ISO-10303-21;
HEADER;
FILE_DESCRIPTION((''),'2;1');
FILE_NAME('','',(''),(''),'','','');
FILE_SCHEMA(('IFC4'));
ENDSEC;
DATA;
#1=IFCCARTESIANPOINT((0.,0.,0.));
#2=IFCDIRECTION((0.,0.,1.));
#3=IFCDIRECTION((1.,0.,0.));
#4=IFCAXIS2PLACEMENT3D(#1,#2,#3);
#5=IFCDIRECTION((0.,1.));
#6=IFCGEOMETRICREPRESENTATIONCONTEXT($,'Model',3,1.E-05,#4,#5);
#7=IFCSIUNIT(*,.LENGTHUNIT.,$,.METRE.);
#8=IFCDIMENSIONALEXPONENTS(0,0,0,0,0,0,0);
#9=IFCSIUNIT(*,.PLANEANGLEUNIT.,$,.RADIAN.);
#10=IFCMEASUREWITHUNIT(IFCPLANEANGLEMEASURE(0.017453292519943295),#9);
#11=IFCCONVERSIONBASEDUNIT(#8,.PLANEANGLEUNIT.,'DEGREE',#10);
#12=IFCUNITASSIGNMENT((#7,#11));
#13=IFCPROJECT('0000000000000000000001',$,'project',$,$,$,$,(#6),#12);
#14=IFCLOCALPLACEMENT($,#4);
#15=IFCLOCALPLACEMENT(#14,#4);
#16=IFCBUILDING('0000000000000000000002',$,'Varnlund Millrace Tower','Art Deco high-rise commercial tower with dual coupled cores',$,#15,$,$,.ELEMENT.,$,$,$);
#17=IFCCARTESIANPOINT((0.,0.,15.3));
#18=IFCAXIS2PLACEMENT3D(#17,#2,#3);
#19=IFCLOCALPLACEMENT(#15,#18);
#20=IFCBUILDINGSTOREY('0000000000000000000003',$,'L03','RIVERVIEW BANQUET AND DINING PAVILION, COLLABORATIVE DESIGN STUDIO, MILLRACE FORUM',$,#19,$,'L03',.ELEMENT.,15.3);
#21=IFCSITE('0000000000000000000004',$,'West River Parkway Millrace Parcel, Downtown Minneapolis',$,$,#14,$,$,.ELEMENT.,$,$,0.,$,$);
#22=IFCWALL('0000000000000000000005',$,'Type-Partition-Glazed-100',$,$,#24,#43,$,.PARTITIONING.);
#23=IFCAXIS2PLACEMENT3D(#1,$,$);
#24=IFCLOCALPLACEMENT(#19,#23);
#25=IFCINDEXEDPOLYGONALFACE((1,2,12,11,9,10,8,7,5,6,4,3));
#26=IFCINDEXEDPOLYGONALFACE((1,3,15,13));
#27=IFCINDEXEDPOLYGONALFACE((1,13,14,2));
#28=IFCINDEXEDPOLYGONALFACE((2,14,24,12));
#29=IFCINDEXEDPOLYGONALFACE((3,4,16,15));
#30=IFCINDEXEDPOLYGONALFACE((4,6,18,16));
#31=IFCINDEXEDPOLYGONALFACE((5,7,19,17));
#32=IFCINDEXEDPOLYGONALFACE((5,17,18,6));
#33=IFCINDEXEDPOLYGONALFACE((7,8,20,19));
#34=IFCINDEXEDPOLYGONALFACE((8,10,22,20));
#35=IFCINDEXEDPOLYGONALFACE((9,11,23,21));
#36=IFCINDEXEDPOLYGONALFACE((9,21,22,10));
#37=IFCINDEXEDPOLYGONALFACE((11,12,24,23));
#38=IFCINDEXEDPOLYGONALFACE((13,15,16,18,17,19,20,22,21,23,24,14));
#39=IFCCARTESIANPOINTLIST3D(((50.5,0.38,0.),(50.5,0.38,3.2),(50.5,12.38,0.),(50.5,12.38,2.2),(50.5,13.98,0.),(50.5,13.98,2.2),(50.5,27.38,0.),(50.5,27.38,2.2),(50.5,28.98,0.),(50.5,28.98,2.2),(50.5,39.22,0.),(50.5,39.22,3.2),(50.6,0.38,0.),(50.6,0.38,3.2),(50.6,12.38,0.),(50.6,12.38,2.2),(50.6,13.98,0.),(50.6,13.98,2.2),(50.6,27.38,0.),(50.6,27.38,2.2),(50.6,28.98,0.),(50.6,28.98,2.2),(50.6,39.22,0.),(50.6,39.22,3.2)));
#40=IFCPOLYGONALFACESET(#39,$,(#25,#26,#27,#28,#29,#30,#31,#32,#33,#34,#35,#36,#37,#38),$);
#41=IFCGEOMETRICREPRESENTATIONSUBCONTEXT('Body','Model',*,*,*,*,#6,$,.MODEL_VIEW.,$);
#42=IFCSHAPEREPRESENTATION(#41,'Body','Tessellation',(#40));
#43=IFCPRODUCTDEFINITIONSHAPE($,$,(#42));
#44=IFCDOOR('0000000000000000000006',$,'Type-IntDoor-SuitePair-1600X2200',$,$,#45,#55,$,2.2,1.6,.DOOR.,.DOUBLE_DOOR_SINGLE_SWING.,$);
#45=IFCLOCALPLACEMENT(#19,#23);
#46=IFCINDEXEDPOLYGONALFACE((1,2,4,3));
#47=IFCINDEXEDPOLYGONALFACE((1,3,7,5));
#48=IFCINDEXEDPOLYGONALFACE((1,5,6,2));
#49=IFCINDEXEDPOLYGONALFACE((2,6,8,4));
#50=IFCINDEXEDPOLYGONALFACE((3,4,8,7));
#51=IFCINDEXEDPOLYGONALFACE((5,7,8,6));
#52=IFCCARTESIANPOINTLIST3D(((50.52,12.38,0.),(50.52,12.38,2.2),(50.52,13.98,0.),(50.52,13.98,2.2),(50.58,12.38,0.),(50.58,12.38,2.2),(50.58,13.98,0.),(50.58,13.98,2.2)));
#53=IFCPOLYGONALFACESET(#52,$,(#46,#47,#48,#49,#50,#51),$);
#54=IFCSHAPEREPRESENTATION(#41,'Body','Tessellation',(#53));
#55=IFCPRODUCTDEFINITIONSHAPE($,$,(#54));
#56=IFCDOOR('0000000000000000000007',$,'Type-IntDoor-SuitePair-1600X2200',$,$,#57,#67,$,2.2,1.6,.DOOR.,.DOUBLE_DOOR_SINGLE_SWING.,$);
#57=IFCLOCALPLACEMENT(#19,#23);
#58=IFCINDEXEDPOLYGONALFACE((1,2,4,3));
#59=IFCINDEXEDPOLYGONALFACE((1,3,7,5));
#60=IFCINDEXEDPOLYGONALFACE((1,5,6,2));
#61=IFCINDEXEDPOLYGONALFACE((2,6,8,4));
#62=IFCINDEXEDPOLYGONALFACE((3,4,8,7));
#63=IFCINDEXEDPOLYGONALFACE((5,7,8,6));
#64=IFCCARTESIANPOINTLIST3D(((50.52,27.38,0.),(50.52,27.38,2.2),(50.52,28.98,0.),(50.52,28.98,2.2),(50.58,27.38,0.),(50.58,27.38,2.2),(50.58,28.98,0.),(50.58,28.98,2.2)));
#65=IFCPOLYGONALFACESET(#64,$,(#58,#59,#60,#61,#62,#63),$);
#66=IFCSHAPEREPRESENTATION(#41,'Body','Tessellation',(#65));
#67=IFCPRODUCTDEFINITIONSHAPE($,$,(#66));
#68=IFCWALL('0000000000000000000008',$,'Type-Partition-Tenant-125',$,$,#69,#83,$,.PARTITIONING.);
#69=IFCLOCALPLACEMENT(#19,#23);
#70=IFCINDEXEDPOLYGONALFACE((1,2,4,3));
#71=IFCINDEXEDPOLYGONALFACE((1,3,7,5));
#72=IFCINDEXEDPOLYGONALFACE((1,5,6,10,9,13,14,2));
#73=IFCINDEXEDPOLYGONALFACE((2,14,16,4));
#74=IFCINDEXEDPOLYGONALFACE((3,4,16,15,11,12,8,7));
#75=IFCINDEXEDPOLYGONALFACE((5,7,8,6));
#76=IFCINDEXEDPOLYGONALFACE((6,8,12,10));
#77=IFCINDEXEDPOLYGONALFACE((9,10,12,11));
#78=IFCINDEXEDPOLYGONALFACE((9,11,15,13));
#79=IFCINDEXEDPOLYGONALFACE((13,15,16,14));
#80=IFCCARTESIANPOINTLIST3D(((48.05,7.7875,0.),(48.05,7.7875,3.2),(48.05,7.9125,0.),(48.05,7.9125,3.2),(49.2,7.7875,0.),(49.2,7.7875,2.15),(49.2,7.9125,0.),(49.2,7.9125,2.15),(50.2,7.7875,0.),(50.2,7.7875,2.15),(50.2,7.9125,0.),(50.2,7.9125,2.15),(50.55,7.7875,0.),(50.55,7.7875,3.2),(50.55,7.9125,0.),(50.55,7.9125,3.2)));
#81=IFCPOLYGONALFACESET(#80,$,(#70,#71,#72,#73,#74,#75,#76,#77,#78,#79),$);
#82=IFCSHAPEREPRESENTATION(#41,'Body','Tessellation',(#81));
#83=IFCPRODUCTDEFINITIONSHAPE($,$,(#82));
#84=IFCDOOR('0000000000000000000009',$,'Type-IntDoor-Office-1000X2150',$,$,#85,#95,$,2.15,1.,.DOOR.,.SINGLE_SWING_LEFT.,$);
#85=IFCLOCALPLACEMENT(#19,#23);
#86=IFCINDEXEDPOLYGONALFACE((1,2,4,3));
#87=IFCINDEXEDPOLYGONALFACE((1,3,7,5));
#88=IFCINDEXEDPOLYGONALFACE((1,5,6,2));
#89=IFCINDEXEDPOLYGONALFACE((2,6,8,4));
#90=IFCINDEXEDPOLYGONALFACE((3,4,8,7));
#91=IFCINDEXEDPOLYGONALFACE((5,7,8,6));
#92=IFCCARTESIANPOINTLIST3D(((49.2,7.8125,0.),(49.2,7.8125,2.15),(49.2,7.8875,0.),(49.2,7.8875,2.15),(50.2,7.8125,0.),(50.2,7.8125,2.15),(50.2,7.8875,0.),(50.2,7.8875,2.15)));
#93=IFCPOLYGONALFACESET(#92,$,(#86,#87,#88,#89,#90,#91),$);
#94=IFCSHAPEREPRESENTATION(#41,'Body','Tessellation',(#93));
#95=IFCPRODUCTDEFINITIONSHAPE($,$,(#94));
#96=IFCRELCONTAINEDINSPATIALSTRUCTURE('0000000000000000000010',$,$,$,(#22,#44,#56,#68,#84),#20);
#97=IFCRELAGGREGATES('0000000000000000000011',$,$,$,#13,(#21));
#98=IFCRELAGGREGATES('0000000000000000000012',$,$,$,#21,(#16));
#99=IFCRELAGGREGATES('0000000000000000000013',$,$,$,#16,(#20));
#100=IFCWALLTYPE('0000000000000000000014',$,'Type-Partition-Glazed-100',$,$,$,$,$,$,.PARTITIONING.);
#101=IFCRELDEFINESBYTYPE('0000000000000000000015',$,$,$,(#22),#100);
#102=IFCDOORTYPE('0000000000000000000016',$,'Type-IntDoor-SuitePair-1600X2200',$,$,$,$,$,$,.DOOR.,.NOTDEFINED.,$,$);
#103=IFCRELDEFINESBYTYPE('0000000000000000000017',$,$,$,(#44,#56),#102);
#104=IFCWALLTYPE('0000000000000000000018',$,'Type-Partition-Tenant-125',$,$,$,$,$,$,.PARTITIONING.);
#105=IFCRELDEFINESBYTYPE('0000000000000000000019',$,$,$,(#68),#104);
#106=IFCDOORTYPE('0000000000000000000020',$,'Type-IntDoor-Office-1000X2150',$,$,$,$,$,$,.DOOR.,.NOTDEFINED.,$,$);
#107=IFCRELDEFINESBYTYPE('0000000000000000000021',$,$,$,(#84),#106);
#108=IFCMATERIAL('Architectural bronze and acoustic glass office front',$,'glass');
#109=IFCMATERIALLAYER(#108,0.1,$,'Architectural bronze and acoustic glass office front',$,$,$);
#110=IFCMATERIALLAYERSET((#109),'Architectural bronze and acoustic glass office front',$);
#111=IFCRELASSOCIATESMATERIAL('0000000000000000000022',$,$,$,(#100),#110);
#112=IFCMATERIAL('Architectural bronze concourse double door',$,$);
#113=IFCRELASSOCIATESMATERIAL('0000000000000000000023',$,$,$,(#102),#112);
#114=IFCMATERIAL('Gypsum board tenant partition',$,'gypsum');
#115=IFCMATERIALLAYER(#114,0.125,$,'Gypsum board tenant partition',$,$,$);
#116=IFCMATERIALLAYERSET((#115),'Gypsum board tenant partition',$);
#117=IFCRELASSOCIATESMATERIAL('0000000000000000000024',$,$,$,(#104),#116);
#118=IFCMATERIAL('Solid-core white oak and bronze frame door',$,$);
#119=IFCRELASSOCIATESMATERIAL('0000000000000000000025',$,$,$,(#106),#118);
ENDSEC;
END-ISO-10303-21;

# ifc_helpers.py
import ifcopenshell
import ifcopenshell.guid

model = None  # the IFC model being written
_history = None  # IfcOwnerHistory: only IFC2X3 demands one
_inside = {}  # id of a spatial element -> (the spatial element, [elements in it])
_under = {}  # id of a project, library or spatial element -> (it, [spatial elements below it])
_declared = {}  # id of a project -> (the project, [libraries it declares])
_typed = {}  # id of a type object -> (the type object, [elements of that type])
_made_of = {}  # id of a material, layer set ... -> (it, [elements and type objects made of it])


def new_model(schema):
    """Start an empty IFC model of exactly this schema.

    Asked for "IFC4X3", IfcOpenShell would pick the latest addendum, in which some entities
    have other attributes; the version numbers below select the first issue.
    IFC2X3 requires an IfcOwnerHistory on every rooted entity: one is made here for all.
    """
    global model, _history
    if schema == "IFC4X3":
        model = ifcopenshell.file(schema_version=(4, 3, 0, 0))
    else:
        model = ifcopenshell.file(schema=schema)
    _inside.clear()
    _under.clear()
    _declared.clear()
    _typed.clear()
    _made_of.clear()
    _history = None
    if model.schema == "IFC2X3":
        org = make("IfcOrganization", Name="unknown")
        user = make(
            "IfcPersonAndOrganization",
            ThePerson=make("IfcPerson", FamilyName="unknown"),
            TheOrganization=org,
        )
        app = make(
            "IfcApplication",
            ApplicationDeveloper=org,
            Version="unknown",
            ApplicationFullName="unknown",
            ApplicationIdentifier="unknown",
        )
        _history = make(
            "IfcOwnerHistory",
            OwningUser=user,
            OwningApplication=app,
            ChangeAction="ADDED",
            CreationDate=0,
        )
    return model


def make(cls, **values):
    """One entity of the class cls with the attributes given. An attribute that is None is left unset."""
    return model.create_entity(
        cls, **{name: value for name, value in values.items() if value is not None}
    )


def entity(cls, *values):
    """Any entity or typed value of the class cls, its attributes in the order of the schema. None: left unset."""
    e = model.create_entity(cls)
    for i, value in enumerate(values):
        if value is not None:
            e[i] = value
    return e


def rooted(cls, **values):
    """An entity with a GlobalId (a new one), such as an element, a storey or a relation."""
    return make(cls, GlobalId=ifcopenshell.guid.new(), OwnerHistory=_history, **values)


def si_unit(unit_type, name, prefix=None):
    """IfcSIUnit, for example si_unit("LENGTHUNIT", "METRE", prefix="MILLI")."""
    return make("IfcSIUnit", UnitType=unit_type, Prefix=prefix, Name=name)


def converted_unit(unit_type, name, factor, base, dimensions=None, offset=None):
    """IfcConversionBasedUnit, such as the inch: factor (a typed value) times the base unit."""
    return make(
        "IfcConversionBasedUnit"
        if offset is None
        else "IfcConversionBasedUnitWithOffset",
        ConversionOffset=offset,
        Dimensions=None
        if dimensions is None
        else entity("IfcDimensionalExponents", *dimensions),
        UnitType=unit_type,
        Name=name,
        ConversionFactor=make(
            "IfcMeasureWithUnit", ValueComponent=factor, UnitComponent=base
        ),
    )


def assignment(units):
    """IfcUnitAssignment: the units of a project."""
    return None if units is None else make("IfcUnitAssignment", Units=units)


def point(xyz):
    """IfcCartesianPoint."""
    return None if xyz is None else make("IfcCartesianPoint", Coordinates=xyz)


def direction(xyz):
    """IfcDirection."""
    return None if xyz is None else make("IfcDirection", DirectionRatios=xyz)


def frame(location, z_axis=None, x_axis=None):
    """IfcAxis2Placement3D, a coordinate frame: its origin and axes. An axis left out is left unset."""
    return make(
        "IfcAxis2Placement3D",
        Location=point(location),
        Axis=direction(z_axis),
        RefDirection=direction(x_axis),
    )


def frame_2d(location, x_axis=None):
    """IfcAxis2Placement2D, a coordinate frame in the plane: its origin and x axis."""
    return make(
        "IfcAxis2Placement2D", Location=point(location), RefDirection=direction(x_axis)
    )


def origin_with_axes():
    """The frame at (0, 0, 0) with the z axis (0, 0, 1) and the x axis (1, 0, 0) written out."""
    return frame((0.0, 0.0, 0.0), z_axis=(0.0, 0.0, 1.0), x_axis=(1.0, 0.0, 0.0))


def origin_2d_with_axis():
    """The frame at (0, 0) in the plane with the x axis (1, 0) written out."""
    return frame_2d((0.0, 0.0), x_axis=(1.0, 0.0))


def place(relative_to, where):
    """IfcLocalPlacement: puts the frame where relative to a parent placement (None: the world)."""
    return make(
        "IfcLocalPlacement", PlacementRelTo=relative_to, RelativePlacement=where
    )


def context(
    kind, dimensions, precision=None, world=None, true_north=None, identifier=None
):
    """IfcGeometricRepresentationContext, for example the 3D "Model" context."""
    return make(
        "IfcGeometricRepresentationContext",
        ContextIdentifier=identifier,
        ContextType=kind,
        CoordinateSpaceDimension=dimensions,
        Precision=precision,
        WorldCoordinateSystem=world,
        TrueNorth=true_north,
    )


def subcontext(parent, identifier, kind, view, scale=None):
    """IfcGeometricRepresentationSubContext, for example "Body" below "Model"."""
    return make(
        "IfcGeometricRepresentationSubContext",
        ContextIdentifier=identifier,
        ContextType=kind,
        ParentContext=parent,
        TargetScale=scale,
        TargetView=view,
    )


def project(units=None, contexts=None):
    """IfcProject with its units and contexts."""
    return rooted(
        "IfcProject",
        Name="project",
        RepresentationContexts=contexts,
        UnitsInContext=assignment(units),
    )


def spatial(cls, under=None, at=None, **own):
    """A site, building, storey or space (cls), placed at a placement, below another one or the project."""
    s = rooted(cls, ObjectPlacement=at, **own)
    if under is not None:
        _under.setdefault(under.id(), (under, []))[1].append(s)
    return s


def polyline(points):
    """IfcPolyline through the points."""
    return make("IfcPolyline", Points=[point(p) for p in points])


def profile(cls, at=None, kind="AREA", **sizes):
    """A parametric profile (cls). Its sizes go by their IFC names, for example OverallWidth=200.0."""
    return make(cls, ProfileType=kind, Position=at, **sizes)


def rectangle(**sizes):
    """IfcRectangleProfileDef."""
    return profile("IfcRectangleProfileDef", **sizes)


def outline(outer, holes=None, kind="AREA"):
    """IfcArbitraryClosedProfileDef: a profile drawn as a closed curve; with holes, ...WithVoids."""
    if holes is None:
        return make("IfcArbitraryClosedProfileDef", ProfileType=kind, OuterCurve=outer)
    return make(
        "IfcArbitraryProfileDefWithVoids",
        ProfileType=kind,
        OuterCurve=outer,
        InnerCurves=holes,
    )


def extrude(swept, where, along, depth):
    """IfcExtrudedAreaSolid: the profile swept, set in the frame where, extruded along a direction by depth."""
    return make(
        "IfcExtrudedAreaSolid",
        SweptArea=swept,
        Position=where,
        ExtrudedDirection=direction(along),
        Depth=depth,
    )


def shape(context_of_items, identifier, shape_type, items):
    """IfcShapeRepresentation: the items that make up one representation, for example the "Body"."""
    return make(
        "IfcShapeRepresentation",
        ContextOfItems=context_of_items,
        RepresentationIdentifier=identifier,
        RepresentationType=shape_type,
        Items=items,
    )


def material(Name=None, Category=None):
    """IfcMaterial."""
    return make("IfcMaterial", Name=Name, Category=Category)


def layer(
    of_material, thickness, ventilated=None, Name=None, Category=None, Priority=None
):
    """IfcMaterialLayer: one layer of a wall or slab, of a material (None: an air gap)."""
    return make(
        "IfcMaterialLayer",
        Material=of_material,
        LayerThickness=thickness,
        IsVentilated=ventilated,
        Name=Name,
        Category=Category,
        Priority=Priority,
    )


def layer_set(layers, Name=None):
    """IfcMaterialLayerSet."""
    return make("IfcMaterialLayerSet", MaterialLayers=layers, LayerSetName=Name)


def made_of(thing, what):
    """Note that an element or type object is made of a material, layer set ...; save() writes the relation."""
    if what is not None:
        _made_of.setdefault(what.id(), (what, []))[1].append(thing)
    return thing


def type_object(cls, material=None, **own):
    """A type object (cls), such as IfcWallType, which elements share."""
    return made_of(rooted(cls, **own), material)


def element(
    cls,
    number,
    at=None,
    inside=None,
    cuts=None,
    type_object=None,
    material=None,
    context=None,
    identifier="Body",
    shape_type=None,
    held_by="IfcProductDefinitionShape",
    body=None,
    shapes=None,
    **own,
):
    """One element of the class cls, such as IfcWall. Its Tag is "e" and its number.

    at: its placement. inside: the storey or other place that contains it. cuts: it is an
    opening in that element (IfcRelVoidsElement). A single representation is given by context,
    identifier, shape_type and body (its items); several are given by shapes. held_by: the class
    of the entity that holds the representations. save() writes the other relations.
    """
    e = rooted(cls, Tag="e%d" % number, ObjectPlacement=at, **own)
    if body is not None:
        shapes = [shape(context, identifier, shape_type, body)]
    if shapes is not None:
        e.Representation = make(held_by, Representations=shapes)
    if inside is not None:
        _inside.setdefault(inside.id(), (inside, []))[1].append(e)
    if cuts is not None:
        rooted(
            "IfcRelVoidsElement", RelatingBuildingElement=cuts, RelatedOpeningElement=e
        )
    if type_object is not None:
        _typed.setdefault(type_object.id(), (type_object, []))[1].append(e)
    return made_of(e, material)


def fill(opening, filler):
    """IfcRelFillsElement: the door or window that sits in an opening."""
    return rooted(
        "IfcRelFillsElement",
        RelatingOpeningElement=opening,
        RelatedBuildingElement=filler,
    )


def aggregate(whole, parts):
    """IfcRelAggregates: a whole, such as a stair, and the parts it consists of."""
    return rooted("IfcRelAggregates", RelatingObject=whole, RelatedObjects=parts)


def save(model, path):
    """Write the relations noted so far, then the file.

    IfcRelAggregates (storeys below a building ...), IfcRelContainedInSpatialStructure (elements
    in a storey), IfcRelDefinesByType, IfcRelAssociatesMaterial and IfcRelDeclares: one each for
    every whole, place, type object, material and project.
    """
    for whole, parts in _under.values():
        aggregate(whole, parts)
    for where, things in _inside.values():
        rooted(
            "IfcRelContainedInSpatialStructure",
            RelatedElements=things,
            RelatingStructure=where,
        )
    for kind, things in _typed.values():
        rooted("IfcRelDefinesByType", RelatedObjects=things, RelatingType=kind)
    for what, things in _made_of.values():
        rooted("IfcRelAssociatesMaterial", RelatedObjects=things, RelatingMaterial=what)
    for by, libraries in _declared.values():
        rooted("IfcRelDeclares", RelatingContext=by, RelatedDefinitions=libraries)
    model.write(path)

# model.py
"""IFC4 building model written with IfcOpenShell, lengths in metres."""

from ifc_helpers import new_model, entity, si_unit, converted_unit, direction, frame, origin_with_axes, origin_2d_with_axis, place, context, subcontext, project, spatial, polyline, rectangle, outline, extrude, material, layer, layer_set, type_object, element, fill, save


model = new_model("IFC4")

# Units and contexts
model_context = context("Model", 3, precision=1e-05, world=origin_with_axes(), true_north=direction((0.0, 1.0)))
body_context = subcontext(model_context, "Body", "Model", "MODEL_VIEW")
ifc_project = project(units=[si_unit("LENGTHUNIT", "METRE"), converted_unit("PLANEANGLEUNIT", "DEGREE", entity("IfcPlaneAngleMeasure", 0.017453292519943295), si_unit("PLANEANGLEUNIT", "RADIAN"), dimensions=[0, 0, 0, 0, 0, 0, 0])], contexts=[model_context])

# Site, building, storey
site_placement = place(None, origin_with_axes())
site = spatial("IfcSite", under=ifc_project, at=site_placement, Name="West River Parkway Millrace Parcel, Downtown Minneapolis", CompositionType="ELEMENT", RefElevation=0.0)
building_placement = place(site_placement, origin_with_axes())
building = spatial("IfcBuilding", under=site, at=building_placement, Name="Varnlund Millrace Tower", Description="Art Deco high-rise commercial tower with dual coupled cores", CompositionType="ELEMENT")
storey_placement = place(building_placement, frame((0.0, 0.0, 15.3), z_axis=(0.0, 0.0, 1.0), x_axis=(1.0, 0.0, 0.0)))
storey = spatial("IfcBuildingStorey", under=building, at=storey_placement, Name="L03", Description="RIVERVIEW BANQUET AND DINING PAVILION, COLLABORATIVE DESIGN STUDIO, MILLRACE FORUM", LongName="L03", CompositionType="ELEMENT", Elevation=15.3)

# Wall, openings, doors
ifc_material_1 = material(Name="Architectural bronze and acoustic glass office front", Category="glass")
ifc_layer_1 = layer(ifc_material_1, 0.1, Name="Architectural bronze and acoustic glass office front")
ifc_layer_set_1 = layer_set([ifc_layer_1], Name="Architectural bronze and acoustic glass office front")
wall_type_1 = type_object("IfcWallType", Name="Type-Partition-Glazed-100", PredefinedType="PARTITIONING", material=ifc_layer_set_1)
wall_1_placement = place(storey_placement, frame((50.55, 0.38, 0.0), z_axis=(0.0, 0.0, 1.0), x_axis=(0.0, 1.0, 0.0)))
wall_1 = element("IfcWall", 1, at=wall_1_placement, inside=storey, type_object=wall_type_1, Name="Type-Partition-Glazed-100", PredefinedType="PARTITIONING", context=body_context, shape_type="SweptSolid", body=[
    extrude(outline(polyline([(0.0, -0.05), (38.84, -0.05), (38.84, 0.05), (0.0, 0.05), (0.0, -0.05)])), origin_with_axes(), (0.0, 0.0, 1.0), 3.2),
])
opening_1_placement = place(wall_1_placement, frame((12.8, 0.0, 0.0), z_axis=(0.0, 0.0, 1.0), x_axis=(1.0, 0.0, 0.0)))
opening_1 = element("IfcOpeningElement", 2, at=opening_1_placement, cuts=wall_1, PredefinedType="OPENING", context=body_context, shape_type="SweptSolid", body=[
    extrude(rectangle(XDim=1.6, YDim=0.12, at=origin_2d_with_axis()), origin_with_axes(), (0.0, 0.0, 1.0), 2.2),
])
opening_2_placement = place(wall_1_placement, frame((27.8, 0.0, 0.0), z_axis=(0.0, 0.0, 1.0), x_axis=(1.0, 0.0, 0.0)))
opening_2 = element("IfcOpeningElement", 3, at=opening_2_placement, cuts=wall_1, PredefinedType="OPENING", context=body_context, shape_type="SweptSolid", body=[
    extrude(rectangle(XDim=1.6, YDim=0.12, at=origin_2d_with_axis()), origin_with_axes(), (0.0, 0.0, 1.0), 2.2),
])
ifc_material_2 = material(Name="Architectural bronze concourse double door")
door_type_1 = type_object("IfcDoorType", Name="Type-IntDoor-SuitePair-1600X2200", OperationType="NOTDEFINED", PredefinedType="DOOR", material=ifc_material_2)
door_1_placement = place(wall_1_placement, frame((12.8, 0.0, 0.0), z_axis=(0.0, 0.0, 1.0), x_axis=(1.0, 0.0, 0.0)))
door_1 = element("IfcDoor", 4, at=door_1_placement, inside=storey, type_object=door_type_1, Name="Type-IntDoor-SuitePair-1600X2200", OperationType="DOUBLE_DOOR_SINGLE_SWING", OverallHeight=2.2, OverallWidth=1.6, PredefinedType="DOOR", context=body_context, shape_type="SweptSolid", body=[
    extrude(rectangle(XDim=1.6, YDim=0.06, at=origin_2d_with_axis()), origin_with_axes(), (0.0, 0.0, 1.0), 2.2),
])
fill(opening_1, door_1)
door_2_placement = place(wall_1_placement, frame((27.8, 0.0, 0.0), z_axis=(0.0, 0.0, 1.0), x_axis=(1.0, 0.0, 0.0)))
door_2 = element("IfcDoor", 5, at=door_2_placement, inside=storey, type_object=door_type_1, Name="Type-IntDoor-SuitePair-1600X2200", OperationType="DOUBLE_DOOR_SINGLE_SWING", OverallHeight=2.2, OverallWidth=1.6, PredefinedType="DOOR", context=body_context, shape_type="SweptSolid", body=[
    extrude(rectangle(XDim=1.6, YDim=0.06, at=origin_2d_with_axis()), origin_with_axes(), (0.0, 0.0, 1.0), 2.2),
])
fill(opening_2, door_2)

# Wall, opening, door
ifc_material_3 = material(Name="Gypsum board tenant partition", Category="gypsum")
ifc_layer_2 = layer(ifc_material_3, 0.125, Name="Gypsum board tenant partition")
ifc_layer_set_2 = layer_set([ifc_layer_2], Name="Gypsum board tenant partition")
wall_type_2 = type_object("IfcWallType", Name="Type-Partition-Tenant-125", PredefinedType="PARTITIONING", material=ifc_layer_set_2)
wall_2_placement = place(storey_placement, frame((48.05, 7.85, 0.0), z_axis=(0.0, 0.0, 1.0), x_axis=(1.0, 0.0, 0.0)))
wall_2 = element("IfcWall", 6, at=wall_2_placement, inside=storey, type_object=wall_type_2, Name="Type-Partition-Tenant-125", PredefinedType="PARTITIONING", context=body_context, shape_type="SweptSolid", body=[
    extrude(outline(polyline([(0.0, -0.0625), (2.5, -0.0625), (2.5, 0.0625), (0.0, 0.0625), (0.0, -0.0625)])), origin_with_axes(), (0.0, 0.0, 1.0), 3.2),
])
opening_3_placement = place(wall_2_placement, frame((1.65, 0.0, 0.0), z_axis=(0.0, 0.0, 1.0), x_axis=(1.0, 0.0, 0.0)))
opening_3 = element("IfcOpeningElement", 7, at=opening_3_placement, cuts=wall_2, PredefinedType="OPENING", context=body_context, shape_type="SweptSolid", body=[
    extrude(rectangle(XDim=1.0, YDim=0.145, at=origin_2d_with_axis()), origin_with_axes(), (0.0, 0.0, 1.0), 2.15),
])
ifc_material_4 = material(Name="Solid-core white oak and bronze frame door")
door_type_2 = type_object("IfcDoorType", Name="Type-IntDoor-Office-1000X2150", OperationType="NOTDEFINED", PredefinedType="DOOR", material=ifc_material_4)
door_3_placement = place(wall_2_placement, frame((1.65, 0.0, 0.0), z_axis=(0.0, 0.0, 1.0), x_axis=(1.0, 0.0, 0.0)))
door_3 = element("IfcDoor", 8, at=door_3_placement, inside=storey, type_object=door_type_2, Name="Type-IntDoor-Office-1000X2150", OperationType="SINGLE_SWING_LEFT", OverallHeight=2.15, OverallWidth=1.0, PredefinedType="DOOR", context=body_context, shape_type="SweptSolid", body=[
    extrude(rectangle(XDim=1.0, YDim=0.075, at=origin_2d_with_axis()), origin_with_axes(), (0.0, 0.0, 1.0), 2.15),
])
fill(opening_3, door_3)

save(model, "model.ifc")
